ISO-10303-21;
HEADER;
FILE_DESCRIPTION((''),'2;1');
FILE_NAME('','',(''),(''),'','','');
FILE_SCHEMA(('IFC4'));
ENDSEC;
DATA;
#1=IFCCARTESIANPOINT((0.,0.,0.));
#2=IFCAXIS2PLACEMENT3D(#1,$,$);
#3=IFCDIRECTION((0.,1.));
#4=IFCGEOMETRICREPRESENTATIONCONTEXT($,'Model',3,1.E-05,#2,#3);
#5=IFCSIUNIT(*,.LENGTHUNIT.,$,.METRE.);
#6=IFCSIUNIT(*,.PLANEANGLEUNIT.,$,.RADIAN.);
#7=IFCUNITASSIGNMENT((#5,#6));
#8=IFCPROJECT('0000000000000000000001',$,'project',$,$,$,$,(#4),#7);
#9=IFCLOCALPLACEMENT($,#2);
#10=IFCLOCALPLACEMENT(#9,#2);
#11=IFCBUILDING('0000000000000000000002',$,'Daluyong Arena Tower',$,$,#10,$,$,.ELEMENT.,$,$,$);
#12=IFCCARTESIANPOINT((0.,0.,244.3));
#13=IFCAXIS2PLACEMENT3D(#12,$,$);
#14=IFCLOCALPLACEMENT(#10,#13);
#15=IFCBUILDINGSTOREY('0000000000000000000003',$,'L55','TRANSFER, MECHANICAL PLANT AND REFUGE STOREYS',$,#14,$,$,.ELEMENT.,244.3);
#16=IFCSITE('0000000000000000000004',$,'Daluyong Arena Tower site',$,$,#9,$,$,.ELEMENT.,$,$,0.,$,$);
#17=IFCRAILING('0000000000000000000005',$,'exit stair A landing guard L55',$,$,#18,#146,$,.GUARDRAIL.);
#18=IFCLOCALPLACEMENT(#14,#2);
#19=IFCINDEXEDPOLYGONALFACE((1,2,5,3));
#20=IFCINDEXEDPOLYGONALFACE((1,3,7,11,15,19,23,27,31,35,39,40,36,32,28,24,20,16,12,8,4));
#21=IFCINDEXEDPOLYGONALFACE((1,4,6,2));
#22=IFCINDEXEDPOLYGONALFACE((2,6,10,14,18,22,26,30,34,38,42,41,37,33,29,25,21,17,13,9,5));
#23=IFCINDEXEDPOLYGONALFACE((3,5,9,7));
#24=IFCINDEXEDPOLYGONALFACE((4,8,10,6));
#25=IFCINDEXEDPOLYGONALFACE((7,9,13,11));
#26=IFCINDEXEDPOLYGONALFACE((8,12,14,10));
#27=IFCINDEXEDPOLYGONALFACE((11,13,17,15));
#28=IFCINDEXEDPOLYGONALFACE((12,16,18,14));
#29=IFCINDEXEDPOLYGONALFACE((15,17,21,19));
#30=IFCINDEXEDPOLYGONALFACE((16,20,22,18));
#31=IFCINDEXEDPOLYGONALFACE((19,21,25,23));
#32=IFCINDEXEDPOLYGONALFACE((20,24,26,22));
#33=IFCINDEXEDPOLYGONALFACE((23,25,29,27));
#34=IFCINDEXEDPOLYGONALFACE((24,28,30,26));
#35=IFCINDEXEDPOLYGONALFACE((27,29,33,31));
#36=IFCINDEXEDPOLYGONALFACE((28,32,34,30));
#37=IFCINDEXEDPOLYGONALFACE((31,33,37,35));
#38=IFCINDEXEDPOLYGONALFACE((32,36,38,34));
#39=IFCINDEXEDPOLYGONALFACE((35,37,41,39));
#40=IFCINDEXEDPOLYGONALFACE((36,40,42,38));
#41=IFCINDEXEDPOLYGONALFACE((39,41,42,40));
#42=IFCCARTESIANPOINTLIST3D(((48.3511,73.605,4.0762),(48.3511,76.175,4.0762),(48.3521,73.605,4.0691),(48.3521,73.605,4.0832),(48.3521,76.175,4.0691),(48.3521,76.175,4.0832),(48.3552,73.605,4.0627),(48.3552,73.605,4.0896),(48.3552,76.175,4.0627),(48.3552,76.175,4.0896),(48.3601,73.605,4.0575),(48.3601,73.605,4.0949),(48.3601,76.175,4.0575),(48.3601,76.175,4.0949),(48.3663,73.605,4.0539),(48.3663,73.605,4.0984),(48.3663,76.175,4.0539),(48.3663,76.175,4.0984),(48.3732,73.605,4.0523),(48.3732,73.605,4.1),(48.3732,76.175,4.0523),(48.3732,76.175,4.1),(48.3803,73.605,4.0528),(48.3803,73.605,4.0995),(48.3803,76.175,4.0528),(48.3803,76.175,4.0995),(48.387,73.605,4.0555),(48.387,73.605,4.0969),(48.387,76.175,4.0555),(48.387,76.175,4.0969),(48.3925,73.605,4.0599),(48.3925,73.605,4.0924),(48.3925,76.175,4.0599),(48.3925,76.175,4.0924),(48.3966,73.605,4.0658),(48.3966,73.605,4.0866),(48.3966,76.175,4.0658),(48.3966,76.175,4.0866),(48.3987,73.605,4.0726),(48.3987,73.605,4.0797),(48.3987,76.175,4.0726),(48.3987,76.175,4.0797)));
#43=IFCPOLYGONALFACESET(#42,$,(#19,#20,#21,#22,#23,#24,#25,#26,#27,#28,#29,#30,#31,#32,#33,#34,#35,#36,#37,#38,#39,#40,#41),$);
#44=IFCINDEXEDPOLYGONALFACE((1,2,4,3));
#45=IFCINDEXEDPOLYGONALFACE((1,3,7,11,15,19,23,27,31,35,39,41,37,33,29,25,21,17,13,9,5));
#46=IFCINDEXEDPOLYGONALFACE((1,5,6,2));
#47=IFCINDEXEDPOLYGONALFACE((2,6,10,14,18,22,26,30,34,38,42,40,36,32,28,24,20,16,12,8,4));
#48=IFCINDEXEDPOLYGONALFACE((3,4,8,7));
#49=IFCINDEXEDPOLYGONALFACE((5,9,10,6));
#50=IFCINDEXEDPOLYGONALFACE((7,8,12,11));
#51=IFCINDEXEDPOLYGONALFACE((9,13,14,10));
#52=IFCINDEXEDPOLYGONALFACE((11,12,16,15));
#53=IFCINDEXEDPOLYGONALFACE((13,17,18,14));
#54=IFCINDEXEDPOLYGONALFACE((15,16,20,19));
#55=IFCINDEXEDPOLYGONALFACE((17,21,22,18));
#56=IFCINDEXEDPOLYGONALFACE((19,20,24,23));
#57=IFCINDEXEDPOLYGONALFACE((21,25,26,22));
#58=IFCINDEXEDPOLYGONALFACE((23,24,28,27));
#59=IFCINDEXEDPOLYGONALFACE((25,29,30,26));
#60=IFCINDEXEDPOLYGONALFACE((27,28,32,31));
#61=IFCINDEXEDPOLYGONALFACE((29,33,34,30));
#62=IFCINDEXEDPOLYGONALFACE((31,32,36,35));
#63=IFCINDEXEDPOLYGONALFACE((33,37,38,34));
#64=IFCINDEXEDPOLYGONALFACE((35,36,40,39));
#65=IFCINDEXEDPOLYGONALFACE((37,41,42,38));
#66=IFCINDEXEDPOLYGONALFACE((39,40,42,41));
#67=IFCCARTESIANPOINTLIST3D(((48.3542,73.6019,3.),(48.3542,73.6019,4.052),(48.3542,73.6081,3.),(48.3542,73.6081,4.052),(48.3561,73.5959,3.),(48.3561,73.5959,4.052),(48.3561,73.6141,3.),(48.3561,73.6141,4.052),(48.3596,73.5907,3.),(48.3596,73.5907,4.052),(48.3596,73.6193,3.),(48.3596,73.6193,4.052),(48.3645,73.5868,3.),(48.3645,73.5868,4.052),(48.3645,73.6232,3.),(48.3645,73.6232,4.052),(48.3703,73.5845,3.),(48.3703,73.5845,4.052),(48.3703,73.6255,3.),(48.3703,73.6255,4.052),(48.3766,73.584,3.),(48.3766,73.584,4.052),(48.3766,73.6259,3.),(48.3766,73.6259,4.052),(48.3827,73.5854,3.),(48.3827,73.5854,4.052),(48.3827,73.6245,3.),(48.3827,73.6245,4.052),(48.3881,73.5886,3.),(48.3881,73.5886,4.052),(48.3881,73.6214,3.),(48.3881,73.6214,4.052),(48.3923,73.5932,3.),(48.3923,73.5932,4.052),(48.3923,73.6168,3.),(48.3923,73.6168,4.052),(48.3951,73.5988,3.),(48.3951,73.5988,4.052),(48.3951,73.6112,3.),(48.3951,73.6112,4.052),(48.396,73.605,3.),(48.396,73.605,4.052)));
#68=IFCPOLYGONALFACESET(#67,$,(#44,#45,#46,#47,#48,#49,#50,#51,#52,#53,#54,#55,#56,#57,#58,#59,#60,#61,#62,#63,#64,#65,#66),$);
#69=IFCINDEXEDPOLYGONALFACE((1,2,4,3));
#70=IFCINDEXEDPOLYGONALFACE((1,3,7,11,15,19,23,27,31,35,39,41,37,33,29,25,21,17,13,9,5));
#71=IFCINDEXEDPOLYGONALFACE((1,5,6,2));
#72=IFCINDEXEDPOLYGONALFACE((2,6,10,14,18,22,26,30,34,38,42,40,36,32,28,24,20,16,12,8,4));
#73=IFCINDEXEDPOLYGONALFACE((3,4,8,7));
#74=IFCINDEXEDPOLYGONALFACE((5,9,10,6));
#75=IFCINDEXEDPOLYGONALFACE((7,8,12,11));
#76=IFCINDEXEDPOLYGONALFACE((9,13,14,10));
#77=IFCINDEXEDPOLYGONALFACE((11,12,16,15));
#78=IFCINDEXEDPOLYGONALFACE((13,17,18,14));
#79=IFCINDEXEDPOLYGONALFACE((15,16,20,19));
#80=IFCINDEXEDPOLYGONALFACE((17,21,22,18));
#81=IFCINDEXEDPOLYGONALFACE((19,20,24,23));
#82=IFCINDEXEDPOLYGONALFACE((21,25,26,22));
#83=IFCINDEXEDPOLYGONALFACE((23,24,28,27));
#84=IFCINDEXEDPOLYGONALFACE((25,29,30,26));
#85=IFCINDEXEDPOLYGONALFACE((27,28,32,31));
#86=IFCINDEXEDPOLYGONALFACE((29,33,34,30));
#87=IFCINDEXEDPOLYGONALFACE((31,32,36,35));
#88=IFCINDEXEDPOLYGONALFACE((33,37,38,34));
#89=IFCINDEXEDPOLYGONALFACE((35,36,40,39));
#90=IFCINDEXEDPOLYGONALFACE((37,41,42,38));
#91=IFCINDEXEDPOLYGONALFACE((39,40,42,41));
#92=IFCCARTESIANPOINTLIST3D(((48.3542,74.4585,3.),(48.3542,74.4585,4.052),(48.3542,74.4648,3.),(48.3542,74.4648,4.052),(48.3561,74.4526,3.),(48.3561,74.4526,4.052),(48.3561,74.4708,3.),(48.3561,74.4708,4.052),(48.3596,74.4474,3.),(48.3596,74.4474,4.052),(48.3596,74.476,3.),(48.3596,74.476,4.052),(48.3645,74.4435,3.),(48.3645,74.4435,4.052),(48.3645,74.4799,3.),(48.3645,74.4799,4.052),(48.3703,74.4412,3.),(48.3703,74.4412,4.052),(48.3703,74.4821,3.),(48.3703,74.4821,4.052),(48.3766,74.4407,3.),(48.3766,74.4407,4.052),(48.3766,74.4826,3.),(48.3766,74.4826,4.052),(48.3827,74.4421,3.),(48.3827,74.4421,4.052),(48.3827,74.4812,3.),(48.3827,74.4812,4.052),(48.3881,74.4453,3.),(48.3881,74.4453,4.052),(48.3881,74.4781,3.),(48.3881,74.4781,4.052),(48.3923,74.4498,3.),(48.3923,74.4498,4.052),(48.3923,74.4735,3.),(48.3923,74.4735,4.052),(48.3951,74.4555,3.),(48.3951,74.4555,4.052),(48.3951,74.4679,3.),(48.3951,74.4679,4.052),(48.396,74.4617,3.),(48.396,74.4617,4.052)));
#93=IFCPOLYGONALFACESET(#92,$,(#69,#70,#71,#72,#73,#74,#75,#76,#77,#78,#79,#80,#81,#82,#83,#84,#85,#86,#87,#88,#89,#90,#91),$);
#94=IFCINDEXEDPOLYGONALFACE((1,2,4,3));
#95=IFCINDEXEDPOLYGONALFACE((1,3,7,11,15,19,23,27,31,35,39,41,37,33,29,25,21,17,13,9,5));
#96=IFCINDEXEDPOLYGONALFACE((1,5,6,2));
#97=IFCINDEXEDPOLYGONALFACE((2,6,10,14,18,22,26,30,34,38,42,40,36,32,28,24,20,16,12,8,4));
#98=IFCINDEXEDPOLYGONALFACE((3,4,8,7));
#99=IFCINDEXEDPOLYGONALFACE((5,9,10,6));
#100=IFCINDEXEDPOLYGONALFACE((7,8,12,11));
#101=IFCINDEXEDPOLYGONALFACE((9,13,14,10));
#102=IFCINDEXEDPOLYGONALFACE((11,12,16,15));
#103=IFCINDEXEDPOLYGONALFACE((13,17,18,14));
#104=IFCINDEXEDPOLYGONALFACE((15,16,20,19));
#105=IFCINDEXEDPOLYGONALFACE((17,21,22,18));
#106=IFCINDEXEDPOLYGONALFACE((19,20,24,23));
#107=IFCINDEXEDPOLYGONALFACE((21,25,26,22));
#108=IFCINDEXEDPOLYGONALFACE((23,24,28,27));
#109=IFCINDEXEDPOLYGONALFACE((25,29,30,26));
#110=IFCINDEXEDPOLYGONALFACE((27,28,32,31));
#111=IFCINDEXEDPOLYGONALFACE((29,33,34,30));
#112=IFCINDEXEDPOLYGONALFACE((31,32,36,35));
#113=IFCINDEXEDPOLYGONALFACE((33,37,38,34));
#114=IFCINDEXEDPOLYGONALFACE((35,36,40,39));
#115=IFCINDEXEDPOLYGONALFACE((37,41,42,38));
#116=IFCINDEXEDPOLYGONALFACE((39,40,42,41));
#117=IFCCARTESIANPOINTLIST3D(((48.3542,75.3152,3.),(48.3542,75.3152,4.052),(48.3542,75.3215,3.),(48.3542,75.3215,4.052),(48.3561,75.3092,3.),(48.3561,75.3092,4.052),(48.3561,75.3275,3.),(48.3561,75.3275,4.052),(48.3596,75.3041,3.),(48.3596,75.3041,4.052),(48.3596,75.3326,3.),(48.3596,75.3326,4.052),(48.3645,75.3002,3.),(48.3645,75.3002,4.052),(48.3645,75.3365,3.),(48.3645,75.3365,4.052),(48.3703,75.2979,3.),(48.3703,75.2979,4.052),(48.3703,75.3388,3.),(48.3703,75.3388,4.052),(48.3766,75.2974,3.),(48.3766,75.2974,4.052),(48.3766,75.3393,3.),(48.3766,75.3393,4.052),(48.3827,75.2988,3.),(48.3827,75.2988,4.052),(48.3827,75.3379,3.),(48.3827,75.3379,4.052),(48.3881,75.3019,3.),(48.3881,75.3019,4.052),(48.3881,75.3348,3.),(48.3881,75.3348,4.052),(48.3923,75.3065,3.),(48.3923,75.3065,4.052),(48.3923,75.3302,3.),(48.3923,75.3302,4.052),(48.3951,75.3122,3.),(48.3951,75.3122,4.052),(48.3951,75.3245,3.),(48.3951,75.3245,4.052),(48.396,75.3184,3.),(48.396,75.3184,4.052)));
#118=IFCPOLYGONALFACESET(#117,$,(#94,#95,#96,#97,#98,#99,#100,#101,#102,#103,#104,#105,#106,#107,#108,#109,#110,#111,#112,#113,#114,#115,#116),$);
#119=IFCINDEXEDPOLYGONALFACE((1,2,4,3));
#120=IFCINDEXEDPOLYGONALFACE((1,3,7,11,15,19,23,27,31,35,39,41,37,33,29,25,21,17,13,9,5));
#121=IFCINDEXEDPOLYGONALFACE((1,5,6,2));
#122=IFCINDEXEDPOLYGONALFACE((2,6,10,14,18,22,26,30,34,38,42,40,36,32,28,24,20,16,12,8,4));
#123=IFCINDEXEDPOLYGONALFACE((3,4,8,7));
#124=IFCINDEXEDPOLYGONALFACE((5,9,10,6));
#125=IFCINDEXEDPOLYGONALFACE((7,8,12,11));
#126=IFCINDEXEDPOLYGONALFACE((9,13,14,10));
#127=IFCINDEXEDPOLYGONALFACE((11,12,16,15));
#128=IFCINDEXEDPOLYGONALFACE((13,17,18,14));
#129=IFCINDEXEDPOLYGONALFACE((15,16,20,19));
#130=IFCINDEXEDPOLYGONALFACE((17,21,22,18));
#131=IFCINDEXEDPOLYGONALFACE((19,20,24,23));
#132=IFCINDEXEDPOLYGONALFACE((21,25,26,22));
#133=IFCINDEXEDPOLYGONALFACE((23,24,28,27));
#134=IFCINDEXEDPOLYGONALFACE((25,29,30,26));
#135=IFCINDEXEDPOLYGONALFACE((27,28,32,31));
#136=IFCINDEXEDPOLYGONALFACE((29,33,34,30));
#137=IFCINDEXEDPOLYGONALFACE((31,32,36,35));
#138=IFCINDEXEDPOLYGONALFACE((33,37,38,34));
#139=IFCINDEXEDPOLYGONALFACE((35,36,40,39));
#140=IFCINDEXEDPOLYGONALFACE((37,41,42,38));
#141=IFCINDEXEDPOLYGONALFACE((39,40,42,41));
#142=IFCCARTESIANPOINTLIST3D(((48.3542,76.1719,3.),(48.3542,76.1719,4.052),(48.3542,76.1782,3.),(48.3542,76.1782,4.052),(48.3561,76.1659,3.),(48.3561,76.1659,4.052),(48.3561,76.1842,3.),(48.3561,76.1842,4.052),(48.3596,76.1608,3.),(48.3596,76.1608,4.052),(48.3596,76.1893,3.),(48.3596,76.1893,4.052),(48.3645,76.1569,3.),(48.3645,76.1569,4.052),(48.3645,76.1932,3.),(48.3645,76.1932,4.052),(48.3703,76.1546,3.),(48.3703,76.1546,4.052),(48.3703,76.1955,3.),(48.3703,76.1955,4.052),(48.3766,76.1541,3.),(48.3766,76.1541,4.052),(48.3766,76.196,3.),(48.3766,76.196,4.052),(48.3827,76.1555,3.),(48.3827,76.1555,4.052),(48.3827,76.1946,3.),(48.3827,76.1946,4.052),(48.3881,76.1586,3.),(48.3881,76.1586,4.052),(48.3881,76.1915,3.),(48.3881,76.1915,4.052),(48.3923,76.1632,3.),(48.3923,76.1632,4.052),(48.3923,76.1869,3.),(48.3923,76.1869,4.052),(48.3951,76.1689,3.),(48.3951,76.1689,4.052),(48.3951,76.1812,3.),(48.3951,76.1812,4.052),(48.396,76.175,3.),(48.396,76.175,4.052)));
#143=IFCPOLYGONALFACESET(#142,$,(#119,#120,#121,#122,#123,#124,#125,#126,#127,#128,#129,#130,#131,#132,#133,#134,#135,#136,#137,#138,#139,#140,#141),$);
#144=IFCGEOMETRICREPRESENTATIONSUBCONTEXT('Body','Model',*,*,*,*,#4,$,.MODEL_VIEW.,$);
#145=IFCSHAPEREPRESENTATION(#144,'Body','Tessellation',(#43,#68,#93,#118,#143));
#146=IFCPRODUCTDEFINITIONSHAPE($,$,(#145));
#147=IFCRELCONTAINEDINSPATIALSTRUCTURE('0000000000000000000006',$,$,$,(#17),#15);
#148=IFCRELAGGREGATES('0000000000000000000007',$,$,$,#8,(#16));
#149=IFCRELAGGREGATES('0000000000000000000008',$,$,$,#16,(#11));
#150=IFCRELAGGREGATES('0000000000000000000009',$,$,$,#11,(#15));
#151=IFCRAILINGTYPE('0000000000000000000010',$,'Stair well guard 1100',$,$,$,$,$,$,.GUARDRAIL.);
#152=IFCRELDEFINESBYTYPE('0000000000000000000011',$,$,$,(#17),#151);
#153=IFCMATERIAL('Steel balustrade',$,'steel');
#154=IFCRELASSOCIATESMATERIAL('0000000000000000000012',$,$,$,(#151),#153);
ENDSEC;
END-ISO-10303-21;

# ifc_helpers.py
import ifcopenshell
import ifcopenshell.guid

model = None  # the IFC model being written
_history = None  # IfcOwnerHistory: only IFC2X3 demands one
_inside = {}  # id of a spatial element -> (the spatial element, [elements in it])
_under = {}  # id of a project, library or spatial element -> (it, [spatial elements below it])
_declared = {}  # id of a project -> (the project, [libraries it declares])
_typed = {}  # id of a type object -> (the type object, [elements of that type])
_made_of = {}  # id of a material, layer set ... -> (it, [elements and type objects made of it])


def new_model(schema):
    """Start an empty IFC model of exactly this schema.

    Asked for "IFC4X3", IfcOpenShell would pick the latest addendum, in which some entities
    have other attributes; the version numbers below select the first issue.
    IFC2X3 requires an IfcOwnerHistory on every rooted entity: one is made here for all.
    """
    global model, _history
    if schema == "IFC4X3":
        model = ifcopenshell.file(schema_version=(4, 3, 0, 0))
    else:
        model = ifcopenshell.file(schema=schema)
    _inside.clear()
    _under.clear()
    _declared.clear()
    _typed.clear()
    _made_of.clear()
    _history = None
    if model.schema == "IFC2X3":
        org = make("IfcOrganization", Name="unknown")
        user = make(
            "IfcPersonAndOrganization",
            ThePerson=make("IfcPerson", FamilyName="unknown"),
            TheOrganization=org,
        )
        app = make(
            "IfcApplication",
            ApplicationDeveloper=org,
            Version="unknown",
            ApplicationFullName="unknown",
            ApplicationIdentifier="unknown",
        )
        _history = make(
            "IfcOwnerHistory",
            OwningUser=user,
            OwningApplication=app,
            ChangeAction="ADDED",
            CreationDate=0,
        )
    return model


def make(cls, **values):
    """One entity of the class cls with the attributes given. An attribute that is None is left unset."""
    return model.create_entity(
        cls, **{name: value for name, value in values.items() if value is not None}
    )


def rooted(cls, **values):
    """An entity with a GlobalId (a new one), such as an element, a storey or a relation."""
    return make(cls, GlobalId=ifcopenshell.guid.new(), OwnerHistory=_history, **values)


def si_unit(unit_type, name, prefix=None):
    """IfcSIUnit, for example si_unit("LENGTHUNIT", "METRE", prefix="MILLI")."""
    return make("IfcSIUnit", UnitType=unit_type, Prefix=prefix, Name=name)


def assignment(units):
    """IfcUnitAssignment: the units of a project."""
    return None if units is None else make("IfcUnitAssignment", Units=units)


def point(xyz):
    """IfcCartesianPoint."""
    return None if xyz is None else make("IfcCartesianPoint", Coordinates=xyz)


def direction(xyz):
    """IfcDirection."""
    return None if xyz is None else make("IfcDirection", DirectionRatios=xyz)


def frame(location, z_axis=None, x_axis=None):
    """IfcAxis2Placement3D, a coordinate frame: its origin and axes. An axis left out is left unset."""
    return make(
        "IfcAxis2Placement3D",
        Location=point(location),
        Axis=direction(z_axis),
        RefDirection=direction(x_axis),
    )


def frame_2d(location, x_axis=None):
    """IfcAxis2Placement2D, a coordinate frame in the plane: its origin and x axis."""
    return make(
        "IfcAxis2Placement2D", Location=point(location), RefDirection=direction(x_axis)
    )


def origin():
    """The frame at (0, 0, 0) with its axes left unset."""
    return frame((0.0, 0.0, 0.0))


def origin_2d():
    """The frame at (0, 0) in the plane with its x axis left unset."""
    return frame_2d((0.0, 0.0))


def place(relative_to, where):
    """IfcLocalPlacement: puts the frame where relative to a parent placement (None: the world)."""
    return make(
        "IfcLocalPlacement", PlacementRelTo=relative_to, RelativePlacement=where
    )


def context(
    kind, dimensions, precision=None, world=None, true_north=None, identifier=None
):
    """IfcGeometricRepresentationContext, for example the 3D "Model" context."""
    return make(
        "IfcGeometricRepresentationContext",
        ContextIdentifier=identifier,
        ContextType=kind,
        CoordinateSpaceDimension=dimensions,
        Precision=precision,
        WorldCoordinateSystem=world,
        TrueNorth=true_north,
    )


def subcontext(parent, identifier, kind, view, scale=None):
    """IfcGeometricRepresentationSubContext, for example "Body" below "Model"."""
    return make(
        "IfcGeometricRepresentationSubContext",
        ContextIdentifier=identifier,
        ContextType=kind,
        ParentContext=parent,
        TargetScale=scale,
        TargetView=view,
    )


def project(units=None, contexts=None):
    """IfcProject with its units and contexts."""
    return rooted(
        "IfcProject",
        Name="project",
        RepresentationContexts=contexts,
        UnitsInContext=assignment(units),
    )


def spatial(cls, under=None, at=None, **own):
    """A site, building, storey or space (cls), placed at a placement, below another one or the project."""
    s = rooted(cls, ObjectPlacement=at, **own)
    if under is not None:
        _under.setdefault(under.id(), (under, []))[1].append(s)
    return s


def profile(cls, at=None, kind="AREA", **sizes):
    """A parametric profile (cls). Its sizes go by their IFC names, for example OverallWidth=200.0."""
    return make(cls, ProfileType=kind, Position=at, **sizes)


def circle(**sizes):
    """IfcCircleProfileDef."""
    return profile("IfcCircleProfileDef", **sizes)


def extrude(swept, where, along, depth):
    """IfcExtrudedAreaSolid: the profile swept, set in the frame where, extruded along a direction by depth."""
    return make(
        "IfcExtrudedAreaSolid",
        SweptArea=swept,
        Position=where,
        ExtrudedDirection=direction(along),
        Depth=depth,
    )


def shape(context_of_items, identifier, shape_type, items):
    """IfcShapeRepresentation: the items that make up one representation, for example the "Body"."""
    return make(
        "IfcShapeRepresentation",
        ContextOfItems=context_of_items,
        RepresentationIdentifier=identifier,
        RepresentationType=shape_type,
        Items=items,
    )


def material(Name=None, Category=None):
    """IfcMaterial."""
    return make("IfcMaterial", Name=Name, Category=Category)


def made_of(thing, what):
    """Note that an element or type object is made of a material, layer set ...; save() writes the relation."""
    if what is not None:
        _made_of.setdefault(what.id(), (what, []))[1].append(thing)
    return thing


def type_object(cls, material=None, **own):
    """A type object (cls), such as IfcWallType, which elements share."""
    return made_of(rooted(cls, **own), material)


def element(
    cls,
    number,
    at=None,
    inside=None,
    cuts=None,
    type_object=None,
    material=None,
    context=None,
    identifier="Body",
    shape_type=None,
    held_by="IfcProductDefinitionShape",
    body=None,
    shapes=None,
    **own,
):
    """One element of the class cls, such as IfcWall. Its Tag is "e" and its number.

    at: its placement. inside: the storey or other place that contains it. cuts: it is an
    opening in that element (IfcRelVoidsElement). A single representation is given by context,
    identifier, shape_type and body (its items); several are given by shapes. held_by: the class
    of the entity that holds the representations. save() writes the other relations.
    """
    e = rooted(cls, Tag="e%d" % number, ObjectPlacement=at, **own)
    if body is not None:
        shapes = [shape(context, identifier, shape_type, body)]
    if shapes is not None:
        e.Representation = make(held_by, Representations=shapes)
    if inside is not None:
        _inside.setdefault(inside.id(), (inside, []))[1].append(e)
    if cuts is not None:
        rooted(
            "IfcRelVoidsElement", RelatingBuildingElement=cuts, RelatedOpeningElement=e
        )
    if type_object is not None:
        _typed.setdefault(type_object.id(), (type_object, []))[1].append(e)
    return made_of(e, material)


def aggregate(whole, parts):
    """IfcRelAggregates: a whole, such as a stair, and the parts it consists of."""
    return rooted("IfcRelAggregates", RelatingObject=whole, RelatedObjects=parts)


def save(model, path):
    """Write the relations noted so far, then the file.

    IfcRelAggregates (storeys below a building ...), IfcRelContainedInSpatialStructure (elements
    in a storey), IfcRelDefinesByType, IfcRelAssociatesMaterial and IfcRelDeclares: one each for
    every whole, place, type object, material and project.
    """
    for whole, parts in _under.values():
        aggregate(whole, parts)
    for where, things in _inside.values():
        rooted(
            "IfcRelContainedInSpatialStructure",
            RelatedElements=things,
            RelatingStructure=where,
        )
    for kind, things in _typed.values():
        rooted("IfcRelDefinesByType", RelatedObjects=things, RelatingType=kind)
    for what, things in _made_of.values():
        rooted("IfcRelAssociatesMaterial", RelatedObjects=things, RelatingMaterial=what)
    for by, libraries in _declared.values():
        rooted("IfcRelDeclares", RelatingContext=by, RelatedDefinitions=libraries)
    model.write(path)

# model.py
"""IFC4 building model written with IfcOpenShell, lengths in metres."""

from ifc_helpers import new_model, si_unit, direction, frame, origin, origin_2d, place, context, subcontext, project, spatial, circle, extrude, material, type_object, element, save


model = new_model("IFC4")

# Units and contexts
model_context = context("Model", 3, precision=1e-05, world=origin(), true_north=direction((0.0, 1.0)))
body_context = subcontext(model_context, "Body", "Model", "MODEL_VIEW")
ifc_project = project(units=[si_unit("LENGTHUNIT", "METRE"), si_unit("PLANEANGLEUNIT", "RADIAN")], contexts=[model_context])

# Site, building, storey
site_placement = place(None, origin())
site = spatial("IfcSite", under=ifc_project, at=site_placement, Name="Daluyong Arena Tower site", CompositionType="ELEMENT", RefElevation=0.0)
building_placement = place(site_placement, origin())
building = spatial("IfcBuilding", under=site, at=building_placement, Name="Daluyong Arena Tower", CompositionType="ELEMENT")
storey_placement = place(building_placement, frame((0.0, 0.0, 244.3)))
storey = spatial("IfcBuildingStorey", under=building, at=storey_placement, Name="L55", Description="TRANSFER, MECHANICAL PLANT AND REFUGE STOREYS", CompositionType="ELEMENT", Elevation=244.3)

# Railing
ifc_material_1 = material(Name="Steel balustrade", Category="steel")
railing_type_1 = type_object("IfcRailingType", Name="Stair well guard 1100", PredefinedType="GUARDRAIL", material=ifc_material_1)
railing_1_placement = place(storey_placement, frame((48.375, 73.605, 3.0)))
element("IfcRailing", 1, at=railing_1_placement, inside=storey, type_object=railing_type_1, Name="exit stair A landing guard L55", PredefinedType="GUARDRAIL", context=body_context, shape_type="SweptSolid", body=[
    extrude(circle(Radius=0.0239, at=origin_2d()), frame((0.0, 0.0, 1.0762), z_axis=(0.0, 1.0, 0.0), x_axis=(-1.0, 0.0, 0.0)), (0.0, 0.0, 1.0), 2.5701),
    extrude(circle(Radius=0.021, at=origin_2d()), origin(), (0.0, 0.0, 1.0), 1.052),
    extrude(circle(Radius=0.021, at=origin_2d()), frame((0.0, 0.8567, 0.0)), (0.0, 0.0, 1.0), 1.052),
    extrude(circle(Radius=0.021, at=origin_2d()), frame((0.0, 1.7134, 0.0)), (0.0, 0.0, 1.0), 1.052),
    extrude(circle(Radius=0.021, at=origin_2d()), frame((0.0, 2.5701, 0.0)), (0.0, 0.0, 1.0), 1.052),
])

save(model, "model.ifc")
